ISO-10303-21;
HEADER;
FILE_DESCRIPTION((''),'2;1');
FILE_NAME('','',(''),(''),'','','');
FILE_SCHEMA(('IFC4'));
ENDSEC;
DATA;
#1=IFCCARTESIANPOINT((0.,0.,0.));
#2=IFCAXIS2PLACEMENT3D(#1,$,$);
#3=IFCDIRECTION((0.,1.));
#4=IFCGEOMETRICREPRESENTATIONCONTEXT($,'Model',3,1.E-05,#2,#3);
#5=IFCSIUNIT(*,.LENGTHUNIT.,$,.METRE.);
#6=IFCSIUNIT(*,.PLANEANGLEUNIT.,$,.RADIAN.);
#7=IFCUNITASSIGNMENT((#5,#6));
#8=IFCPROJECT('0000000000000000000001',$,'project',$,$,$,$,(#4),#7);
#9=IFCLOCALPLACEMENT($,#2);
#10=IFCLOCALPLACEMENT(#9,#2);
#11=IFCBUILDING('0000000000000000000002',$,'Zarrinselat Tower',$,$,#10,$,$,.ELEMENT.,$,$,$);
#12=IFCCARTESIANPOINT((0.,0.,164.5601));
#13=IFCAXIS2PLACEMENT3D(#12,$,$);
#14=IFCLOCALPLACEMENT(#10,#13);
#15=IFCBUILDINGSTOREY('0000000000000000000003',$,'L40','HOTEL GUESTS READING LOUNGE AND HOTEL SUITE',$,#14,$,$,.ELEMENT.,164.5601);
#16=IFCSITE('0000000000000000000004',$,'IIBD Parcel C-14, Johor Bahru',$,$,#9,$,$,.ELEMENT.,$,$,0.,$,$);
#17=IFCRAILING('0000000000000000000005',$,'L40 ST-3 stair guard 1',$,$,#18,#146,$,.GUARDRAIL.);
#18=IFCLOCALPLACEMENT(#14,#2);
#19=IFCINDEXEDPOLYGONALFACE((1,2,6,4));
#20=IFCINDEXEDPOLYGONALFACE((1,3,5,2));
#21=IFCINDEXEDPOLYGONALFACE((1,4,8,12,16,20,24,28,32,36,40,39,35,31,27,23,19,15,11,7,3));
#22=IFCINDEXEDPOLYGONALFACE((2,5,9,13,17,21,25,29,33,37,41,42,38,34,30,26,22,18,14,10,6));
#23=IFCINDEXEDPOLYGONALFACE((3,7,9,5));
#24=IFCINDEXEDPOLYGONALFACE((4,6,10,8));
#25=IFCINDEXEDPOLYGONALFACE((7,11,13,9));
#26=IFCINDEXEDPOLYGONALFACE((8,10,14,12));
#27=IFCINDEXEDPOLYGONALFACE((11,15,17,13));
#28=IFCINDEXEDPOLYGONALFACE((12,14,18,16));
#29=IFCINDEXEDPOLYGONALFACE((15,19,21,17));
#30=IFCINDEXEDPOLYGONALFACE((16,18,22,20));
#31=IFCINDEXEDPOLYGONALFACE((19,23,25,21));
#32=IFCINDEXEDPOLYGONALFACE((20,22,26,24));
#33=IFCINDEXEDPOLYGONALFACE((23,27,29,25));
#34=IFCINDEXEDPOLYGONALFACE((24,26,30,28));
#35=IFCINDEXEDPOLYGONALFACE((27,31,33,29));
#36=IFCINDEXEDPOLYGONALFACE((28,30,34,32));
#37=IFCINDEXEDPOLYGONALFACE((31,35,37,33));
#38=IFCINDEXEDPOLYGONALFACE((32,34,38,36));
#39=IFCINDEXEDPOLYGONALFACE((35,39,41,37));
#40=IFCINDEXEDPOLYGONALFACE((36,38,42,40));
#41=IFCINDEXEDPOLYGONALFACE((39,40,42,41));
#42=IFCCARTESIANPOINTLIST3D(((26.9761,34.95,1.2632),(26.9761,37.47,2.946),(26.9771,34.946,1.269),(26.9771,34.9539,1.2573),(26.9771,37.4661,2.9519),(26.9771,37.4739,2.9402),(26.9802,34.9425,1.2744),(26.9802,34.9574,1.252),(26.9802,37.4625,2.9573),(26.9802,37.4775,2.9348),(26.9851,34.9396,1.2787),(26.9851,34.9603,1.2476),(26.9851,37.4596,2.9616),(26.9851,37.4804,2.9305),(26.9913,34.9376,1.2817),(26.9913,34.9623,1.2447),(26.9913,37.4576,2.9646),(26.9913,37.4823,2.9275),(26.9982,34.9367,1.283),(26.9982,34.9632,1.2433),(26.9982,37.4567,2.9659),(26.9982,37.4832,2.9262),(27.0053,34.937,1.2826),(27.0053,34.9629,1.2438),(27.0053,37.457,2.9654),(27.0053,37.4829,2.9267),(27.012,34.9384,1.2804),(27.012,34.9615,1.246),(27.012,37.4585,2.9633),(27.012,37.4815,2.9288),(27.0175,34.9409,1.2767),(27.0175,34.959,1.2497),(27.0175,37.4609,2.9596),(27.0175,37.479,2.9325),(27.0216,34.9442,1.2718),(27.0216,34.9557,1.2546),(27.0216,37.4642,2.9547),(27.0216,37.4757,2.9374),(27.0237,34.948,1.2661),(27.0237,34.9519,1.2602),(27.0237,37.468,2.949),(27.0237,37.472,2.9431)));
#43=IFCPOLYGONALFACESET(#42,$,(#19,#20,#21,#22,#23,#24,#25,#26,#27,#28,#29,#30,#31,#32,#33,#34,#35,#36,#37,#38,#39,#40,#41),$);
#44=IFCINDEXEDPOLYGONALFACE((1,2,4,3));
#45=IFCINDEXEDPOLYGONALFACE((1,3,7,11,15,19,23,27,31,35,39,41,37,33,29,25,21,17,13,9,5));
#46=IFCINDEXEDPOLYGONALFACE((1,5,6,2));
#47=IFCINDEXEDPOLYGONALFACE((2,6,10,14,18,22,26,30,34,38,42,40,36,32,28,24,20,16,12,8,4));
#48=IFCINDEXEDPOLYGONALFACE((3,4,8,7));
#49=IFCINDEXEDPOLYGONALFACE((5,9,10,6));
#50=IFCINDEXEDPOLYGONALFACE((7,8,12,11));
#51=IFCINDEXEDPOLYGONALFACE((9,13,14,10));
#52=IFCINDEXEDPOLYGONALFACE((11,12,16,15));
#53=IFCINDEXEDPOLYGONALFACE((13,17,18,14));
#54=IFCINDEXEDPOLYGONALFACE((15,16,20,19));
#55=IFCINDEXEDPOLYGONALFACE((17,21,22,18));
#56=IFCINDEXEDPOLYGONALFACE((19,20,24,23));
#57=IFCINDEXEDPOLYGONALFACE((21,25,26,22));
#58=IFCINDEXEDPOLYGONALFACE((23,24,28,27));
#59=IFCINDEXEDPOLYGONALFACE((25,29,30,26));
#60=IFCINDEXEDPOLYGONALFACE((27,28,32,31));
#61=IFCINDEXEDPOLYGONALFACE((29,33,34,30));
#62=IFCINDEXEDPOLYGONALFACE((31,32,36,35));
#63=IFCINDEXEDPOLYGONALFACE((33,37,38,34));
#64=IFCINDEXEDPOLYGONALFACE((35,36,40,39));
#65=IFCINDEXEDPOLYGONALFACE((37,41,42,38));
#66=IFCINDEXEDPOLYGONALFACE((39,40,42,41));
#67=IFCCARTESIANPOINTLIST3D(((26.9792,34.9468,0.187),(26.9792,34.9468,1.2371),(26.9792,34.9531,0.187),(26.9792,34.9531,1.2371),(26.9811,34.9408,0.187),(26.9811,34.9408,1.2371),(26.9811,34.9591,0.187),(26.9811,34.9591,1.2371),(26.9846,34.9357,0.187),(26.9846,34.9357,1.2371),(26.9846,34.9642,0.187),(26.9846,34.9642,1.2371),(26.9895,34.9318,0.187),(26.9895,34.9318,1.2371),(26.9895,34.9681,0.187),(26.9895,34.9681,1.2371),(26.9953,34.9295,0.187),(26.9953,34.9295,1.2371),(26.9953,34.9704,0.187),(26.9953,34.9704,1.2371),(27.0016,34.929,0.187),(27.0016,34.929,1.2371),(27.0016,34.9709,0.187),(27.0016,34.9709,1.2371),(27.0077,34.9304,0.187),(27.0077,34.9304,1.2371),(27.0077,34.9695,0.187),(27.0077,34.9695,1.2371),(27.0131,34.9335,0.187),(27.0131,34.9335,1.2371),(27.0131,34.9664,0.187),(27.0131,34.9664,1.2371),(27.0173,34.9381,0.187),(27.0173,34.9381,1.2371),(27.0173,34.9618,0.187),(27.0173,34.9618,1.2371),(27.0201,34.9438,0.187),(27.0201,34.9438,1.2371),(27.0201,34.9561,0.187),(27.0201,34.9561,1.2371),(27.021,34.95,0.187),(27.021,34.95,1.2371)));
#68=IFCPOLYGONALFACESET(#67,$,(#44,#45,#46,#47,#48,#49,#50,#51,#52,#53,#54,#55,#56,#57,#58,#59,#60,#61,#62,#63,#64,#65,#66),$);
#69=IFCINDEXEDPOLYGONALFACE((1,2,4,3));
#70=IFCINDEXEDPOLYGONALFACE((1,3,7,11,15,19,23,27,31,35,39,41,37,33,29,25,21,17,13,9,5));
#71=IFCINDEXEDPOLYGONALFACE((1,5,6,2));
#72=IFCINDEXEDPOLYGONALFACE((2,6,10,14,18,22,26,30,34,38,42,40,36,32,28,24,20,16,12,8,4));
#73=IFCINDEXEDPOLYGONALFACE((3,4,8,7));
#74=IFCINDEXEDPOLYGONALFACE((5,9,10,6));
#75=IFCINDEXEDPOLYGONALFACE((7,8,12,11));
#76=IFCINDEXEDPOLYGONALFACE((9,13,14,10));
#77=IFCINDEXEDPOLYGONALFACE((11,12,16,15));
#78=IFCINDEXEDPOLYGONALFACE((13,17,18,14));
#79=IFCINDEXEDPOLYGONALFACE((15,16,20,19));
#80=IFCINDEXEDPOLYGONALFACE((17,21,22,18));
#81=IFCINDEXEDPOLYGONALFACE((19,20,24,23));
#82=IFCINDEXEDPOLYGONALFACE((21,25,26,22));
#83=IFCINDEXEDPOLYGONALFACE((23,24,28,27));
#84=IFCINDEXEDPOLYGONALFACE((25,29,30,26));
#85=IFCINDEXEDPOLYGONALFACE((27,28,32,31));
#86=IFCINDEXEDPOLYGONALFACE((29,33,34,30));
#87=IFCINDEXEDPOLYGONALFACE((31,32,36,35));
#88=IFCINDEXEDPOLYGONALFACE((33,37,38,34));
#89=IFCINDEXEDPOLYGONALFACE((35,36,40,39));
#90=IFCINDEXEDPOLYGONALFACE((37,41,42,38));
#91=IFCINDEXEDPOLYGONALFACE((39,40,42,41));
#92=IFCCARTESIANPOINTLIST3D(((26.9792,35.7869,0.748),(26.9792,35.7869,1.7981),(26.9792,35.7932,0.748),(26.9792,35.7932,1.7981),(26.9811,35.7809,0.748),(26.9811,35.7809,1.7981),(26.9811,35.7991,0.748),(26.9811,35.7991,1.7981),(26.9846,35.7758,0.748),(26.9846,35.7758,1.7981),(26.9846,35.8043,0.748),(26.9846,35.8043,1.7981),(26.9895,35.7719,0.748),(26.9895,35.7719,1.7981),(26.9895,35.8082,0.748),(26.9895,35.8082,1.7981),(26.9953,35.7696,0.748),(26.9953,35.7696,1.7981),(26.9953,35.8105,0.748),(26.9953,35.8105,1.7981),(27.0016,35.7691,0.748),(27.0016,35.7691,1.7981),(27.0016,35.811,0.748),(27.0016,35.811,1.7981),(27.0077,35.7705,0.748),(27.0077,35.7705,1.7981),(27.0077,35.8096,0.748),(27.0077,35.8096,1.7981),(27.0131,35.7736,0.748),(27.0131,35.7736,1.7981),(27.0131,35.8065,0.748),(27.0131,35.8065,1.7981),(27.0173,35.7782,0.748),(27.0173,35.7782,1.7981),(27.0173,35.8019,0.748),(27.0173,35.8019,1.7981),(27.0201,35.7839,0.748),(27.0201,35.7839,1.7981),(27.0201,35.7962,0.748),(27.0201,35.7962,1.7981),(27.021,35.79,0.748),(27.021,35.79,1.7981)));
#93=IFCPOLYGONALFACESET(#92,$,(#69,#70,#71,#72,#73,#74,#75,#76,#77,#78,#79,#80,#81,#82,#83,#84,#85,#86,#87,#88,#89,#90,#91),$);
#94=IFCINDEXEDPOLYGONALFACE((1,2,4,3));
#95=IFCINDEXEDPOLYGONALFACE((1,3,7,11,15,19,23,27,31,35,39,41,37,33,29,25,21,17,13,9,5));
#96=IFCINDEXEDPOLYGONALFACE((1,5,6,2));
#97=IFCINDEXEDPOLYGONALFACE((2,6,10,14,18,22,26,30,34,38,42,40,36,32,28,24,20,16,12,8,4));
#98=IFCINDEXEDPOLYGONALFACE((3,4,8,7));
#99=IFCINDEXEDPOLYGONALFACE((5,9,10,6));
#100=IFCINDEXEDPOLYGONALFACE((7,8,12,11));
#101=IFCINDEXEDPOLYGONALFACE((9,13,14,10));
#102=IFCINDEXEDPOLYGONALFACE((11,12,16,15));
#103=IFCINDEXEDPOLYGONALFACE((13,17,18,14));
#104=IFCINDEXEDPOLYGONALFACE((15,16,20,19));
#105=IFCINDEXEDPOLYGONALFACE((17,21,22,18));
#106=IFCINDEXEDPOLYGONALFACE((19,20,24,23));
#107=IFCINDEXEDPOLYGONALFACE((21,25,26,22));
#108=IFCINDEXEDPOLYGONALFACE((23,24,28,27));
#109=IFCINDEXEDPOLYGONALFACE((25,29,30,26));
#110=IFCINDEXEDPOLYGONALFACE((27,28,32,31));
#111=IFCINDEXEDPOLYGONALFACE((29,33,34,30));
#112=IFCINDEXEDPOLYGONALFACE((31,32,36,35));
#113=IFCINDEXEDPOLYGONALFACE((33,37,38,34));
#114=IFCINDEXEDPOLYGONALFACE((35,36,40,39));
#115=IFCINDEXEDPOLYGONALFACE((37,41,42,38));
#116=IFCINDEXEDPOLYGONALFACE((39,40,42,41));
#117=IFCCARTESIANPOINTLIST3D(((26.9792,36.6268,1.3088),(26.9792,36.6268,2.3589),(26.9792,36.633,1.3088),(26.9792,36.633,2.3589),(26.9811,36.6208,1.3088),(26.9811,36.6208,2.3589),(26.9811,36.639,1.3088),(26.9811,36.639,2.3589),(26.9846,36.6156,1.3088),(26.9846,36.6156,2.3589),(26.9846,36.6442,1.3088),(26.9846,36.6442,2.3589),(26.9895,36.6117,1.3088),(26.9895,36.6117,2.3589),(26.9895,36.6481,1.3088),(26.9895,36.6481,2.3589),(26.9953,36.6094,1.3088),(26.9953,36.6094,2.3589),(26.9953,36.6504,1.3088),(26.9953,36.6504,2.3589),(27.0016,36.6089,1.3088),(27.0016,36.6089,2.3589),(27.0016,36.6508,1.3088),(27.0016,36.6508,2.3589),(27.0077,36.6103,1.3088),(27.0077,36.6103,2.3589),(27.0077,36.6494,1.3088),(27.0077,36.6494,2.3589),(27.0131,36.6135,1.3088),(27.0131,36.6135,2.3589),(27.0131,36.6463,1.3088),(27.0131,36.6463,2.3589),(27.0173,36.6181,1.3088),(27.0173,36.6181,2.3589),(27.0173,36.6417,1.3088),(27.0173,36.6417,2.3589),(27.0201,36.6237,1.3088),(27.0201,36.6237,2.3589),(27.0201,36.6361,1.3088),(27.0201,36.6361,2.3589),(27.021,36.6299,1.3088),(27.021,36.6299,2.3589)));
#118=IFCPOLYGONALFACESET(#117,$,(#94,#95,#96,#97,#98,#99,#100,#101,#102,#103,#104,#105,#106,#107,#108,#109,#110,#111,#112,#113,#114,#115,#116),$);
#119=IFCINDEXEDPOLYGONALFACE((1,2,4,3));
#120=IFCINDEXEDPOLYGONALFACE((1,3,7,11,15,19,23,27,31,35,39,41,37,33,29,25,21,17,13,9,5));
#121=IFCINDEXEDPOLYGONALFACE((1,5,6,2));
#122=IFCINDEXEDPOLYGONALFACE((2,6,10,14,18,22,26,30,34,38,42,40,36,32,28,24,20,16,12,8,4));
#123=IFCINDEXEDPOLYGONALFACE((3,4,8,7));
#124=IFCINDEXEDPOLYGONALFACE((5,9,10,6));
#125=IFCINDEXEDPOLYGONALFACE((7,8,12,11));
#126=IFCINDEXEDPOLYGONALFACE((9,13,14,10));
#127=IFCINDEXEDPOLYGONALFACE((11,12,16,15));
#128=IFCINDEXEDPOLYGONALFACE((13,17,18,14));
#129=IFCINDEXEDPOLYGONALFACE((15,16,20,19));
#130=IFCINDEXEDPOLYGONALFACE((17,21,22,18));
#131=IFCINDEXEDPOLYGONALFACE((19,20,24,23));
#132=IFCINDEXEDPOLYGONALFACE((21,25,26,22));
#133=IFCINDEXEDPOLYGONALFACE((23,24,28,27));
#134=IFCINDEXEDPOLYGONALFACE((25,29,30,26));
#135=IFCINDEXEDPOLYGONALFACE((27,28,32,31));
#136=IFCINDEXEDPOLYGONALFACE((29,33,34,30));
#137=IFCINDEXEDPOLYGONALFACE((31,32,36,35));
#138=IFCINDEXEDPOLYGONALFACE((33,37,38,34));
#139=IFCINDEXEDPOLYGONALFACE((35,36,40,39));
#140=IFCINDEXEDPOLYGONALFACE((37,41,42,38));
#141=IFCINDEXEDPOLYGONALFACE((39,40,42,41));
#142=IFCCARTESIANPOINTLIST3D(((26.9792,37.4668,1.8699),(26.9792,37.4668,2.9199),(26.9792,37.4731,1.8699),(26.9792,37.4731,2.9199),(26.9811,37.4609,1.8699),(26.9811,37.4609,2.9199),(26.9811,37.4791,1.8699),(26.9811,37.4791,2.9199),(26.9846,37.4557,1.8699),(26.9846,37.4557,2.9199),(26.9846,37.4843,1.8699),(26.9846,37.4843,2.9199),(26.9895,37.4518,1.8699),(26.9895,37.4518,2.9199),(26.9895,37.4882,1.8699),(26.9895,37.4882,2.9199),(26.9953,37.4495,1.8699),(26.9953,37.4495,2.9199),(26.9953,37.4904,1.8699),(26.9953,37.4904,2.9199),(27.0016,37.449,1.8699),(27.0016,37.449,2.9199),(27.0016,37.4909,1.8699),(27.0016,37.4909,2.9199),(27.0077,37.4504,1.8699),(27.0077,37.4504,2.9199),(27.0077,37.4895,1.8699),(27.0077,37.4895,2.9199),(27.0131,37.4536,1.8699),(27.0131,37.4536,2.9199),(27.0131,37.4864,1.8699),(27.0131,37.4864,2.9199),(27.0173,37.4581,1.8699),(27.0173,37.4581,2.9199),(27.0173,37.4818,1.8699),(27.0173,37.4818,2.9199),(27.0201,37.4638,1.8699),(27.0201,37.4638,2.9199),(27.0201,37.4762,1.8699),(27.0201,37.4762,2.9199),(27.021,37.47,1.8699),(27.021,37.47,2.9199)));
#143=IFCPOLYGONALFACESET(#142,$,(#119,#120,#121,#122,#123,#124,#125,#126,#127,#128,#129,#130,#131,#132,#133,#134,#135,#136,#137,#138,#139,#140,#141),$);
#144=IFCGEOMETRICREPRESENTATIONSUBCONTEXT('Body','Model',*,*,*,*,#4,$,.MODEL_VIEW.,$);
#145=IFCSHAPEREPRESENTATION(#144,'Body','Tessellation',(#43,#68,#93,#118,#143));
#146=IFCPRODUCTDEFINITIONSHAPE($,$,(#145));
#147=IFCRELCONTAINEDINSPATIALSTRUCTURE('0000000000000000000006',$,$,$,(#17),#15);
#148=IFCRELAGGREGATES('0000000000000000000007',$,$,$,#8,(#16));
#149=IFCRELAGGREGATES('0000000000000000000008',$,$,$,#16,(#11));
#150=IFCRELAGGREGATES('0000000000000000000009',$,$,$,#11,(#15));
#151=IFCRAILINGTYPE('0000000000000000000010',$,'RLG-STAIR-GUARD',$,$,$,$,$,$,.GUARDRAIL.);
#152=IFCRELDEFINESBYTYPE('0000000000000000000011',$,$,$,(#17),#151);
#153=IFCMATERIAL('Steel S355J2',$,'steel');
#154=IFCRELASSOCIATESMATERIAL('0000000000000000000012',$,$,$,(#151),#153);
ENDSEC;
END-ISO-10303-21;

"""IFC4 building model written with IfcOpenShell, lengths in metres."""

from ifc_helpers import new_model, si_unit, direction, frame, origin, origin_2d, place, context, subcontext, project, spatial, circle, extrude, material, type_object, element, save


model = new_model("IFC4")

# Units and contexts
model_context = context("Model", 3, precision=1e-05, world=origin(), true_north=direction((0.0, 1.0)))
body_context = subcontext(model_context, "Body", "Model", "MODEL_VIEW")
ifc_project = project(units=[si_unit("LENGTHUNIT", "METRE"), si_unit("PLANEANGLEUNIT", "RADIAN")], contexts=[model_context])

# Site, building, storey
site_placement = place(None, origin())
site = spatial("IfcSite", under=ifc_project, at=site_placement, Name="IIBD Parcel C-14, Johor Bahru", CompositionType="ELEMENT", RefElevation=0.0)
building_placement = place(site_placement, origin())
building = spatial("IfcBuilding", under=site, at=building_placement, Name="Zarrinselat Tower", CompositionType="ELEMENT")
storey_placement = place(building_placement, frame((0.0, 0.0, 164.5601)))
storey = spatial("IfcBuildingStorey", under=building, at=storey_placement, Name="L40", Description="HOTEL GUESTS READING LOUNGE AND HOTEL SUITE", CompositionType="ELEMENT", Elevation=164.5601)

# Railing
ifc_material_1 = material(Name="Steel S355J2", Category="steel")
railing_type = type_object("IfcRailingType", Name="RLG-STAIR-GUARD", PredefinedType="GUARDRAIL", material=ifc_material_1)
railing_1_placement = place(storey_placement, frame((27.0, 34.95, 0.187)))
element("IfcRailing", 1, at=railing_1_placement, inside=storey, type_object=railing_type, Name="L40 ST-3 stair guard 1", PredefinedType="GUARDRAIL", context=body_context, shape_type="SweptSolid", body=[
    extrude(circle(Radius=0.0239, at=origin_2d()), frame((0.0, 0.0, 1.0762), z_axis=(0.0, 0.831616, 0.555351), x_axis=(-1.0, 0.0, 0.0)), (0.0, 0.0, 1.0), 3.0303),
    extrude(circle(Radius=0.021, at=origin_2d()), origin(), (0.0, 0.0, 1.0), 1.05),
    extrude(circle(Radius=0.021, at=origin_2d()), frame((0.0, 0.8401, 0.561)), (0.0, 0.0, 1.0), 1.05),
    extrude(circle(Radius=0.021, at=origin_2d()), frame((0.0, 1.6799, 1.1218)), (0.0, 0.0, 1.0), 1.05),
    extrude(circle(Radius=0.021, at=origin_2d()), frame((0.0, 2.52, 1.6829)), (0.0, 0.0, 1.0), 1.05),
])

save(model, "model.ifc")
